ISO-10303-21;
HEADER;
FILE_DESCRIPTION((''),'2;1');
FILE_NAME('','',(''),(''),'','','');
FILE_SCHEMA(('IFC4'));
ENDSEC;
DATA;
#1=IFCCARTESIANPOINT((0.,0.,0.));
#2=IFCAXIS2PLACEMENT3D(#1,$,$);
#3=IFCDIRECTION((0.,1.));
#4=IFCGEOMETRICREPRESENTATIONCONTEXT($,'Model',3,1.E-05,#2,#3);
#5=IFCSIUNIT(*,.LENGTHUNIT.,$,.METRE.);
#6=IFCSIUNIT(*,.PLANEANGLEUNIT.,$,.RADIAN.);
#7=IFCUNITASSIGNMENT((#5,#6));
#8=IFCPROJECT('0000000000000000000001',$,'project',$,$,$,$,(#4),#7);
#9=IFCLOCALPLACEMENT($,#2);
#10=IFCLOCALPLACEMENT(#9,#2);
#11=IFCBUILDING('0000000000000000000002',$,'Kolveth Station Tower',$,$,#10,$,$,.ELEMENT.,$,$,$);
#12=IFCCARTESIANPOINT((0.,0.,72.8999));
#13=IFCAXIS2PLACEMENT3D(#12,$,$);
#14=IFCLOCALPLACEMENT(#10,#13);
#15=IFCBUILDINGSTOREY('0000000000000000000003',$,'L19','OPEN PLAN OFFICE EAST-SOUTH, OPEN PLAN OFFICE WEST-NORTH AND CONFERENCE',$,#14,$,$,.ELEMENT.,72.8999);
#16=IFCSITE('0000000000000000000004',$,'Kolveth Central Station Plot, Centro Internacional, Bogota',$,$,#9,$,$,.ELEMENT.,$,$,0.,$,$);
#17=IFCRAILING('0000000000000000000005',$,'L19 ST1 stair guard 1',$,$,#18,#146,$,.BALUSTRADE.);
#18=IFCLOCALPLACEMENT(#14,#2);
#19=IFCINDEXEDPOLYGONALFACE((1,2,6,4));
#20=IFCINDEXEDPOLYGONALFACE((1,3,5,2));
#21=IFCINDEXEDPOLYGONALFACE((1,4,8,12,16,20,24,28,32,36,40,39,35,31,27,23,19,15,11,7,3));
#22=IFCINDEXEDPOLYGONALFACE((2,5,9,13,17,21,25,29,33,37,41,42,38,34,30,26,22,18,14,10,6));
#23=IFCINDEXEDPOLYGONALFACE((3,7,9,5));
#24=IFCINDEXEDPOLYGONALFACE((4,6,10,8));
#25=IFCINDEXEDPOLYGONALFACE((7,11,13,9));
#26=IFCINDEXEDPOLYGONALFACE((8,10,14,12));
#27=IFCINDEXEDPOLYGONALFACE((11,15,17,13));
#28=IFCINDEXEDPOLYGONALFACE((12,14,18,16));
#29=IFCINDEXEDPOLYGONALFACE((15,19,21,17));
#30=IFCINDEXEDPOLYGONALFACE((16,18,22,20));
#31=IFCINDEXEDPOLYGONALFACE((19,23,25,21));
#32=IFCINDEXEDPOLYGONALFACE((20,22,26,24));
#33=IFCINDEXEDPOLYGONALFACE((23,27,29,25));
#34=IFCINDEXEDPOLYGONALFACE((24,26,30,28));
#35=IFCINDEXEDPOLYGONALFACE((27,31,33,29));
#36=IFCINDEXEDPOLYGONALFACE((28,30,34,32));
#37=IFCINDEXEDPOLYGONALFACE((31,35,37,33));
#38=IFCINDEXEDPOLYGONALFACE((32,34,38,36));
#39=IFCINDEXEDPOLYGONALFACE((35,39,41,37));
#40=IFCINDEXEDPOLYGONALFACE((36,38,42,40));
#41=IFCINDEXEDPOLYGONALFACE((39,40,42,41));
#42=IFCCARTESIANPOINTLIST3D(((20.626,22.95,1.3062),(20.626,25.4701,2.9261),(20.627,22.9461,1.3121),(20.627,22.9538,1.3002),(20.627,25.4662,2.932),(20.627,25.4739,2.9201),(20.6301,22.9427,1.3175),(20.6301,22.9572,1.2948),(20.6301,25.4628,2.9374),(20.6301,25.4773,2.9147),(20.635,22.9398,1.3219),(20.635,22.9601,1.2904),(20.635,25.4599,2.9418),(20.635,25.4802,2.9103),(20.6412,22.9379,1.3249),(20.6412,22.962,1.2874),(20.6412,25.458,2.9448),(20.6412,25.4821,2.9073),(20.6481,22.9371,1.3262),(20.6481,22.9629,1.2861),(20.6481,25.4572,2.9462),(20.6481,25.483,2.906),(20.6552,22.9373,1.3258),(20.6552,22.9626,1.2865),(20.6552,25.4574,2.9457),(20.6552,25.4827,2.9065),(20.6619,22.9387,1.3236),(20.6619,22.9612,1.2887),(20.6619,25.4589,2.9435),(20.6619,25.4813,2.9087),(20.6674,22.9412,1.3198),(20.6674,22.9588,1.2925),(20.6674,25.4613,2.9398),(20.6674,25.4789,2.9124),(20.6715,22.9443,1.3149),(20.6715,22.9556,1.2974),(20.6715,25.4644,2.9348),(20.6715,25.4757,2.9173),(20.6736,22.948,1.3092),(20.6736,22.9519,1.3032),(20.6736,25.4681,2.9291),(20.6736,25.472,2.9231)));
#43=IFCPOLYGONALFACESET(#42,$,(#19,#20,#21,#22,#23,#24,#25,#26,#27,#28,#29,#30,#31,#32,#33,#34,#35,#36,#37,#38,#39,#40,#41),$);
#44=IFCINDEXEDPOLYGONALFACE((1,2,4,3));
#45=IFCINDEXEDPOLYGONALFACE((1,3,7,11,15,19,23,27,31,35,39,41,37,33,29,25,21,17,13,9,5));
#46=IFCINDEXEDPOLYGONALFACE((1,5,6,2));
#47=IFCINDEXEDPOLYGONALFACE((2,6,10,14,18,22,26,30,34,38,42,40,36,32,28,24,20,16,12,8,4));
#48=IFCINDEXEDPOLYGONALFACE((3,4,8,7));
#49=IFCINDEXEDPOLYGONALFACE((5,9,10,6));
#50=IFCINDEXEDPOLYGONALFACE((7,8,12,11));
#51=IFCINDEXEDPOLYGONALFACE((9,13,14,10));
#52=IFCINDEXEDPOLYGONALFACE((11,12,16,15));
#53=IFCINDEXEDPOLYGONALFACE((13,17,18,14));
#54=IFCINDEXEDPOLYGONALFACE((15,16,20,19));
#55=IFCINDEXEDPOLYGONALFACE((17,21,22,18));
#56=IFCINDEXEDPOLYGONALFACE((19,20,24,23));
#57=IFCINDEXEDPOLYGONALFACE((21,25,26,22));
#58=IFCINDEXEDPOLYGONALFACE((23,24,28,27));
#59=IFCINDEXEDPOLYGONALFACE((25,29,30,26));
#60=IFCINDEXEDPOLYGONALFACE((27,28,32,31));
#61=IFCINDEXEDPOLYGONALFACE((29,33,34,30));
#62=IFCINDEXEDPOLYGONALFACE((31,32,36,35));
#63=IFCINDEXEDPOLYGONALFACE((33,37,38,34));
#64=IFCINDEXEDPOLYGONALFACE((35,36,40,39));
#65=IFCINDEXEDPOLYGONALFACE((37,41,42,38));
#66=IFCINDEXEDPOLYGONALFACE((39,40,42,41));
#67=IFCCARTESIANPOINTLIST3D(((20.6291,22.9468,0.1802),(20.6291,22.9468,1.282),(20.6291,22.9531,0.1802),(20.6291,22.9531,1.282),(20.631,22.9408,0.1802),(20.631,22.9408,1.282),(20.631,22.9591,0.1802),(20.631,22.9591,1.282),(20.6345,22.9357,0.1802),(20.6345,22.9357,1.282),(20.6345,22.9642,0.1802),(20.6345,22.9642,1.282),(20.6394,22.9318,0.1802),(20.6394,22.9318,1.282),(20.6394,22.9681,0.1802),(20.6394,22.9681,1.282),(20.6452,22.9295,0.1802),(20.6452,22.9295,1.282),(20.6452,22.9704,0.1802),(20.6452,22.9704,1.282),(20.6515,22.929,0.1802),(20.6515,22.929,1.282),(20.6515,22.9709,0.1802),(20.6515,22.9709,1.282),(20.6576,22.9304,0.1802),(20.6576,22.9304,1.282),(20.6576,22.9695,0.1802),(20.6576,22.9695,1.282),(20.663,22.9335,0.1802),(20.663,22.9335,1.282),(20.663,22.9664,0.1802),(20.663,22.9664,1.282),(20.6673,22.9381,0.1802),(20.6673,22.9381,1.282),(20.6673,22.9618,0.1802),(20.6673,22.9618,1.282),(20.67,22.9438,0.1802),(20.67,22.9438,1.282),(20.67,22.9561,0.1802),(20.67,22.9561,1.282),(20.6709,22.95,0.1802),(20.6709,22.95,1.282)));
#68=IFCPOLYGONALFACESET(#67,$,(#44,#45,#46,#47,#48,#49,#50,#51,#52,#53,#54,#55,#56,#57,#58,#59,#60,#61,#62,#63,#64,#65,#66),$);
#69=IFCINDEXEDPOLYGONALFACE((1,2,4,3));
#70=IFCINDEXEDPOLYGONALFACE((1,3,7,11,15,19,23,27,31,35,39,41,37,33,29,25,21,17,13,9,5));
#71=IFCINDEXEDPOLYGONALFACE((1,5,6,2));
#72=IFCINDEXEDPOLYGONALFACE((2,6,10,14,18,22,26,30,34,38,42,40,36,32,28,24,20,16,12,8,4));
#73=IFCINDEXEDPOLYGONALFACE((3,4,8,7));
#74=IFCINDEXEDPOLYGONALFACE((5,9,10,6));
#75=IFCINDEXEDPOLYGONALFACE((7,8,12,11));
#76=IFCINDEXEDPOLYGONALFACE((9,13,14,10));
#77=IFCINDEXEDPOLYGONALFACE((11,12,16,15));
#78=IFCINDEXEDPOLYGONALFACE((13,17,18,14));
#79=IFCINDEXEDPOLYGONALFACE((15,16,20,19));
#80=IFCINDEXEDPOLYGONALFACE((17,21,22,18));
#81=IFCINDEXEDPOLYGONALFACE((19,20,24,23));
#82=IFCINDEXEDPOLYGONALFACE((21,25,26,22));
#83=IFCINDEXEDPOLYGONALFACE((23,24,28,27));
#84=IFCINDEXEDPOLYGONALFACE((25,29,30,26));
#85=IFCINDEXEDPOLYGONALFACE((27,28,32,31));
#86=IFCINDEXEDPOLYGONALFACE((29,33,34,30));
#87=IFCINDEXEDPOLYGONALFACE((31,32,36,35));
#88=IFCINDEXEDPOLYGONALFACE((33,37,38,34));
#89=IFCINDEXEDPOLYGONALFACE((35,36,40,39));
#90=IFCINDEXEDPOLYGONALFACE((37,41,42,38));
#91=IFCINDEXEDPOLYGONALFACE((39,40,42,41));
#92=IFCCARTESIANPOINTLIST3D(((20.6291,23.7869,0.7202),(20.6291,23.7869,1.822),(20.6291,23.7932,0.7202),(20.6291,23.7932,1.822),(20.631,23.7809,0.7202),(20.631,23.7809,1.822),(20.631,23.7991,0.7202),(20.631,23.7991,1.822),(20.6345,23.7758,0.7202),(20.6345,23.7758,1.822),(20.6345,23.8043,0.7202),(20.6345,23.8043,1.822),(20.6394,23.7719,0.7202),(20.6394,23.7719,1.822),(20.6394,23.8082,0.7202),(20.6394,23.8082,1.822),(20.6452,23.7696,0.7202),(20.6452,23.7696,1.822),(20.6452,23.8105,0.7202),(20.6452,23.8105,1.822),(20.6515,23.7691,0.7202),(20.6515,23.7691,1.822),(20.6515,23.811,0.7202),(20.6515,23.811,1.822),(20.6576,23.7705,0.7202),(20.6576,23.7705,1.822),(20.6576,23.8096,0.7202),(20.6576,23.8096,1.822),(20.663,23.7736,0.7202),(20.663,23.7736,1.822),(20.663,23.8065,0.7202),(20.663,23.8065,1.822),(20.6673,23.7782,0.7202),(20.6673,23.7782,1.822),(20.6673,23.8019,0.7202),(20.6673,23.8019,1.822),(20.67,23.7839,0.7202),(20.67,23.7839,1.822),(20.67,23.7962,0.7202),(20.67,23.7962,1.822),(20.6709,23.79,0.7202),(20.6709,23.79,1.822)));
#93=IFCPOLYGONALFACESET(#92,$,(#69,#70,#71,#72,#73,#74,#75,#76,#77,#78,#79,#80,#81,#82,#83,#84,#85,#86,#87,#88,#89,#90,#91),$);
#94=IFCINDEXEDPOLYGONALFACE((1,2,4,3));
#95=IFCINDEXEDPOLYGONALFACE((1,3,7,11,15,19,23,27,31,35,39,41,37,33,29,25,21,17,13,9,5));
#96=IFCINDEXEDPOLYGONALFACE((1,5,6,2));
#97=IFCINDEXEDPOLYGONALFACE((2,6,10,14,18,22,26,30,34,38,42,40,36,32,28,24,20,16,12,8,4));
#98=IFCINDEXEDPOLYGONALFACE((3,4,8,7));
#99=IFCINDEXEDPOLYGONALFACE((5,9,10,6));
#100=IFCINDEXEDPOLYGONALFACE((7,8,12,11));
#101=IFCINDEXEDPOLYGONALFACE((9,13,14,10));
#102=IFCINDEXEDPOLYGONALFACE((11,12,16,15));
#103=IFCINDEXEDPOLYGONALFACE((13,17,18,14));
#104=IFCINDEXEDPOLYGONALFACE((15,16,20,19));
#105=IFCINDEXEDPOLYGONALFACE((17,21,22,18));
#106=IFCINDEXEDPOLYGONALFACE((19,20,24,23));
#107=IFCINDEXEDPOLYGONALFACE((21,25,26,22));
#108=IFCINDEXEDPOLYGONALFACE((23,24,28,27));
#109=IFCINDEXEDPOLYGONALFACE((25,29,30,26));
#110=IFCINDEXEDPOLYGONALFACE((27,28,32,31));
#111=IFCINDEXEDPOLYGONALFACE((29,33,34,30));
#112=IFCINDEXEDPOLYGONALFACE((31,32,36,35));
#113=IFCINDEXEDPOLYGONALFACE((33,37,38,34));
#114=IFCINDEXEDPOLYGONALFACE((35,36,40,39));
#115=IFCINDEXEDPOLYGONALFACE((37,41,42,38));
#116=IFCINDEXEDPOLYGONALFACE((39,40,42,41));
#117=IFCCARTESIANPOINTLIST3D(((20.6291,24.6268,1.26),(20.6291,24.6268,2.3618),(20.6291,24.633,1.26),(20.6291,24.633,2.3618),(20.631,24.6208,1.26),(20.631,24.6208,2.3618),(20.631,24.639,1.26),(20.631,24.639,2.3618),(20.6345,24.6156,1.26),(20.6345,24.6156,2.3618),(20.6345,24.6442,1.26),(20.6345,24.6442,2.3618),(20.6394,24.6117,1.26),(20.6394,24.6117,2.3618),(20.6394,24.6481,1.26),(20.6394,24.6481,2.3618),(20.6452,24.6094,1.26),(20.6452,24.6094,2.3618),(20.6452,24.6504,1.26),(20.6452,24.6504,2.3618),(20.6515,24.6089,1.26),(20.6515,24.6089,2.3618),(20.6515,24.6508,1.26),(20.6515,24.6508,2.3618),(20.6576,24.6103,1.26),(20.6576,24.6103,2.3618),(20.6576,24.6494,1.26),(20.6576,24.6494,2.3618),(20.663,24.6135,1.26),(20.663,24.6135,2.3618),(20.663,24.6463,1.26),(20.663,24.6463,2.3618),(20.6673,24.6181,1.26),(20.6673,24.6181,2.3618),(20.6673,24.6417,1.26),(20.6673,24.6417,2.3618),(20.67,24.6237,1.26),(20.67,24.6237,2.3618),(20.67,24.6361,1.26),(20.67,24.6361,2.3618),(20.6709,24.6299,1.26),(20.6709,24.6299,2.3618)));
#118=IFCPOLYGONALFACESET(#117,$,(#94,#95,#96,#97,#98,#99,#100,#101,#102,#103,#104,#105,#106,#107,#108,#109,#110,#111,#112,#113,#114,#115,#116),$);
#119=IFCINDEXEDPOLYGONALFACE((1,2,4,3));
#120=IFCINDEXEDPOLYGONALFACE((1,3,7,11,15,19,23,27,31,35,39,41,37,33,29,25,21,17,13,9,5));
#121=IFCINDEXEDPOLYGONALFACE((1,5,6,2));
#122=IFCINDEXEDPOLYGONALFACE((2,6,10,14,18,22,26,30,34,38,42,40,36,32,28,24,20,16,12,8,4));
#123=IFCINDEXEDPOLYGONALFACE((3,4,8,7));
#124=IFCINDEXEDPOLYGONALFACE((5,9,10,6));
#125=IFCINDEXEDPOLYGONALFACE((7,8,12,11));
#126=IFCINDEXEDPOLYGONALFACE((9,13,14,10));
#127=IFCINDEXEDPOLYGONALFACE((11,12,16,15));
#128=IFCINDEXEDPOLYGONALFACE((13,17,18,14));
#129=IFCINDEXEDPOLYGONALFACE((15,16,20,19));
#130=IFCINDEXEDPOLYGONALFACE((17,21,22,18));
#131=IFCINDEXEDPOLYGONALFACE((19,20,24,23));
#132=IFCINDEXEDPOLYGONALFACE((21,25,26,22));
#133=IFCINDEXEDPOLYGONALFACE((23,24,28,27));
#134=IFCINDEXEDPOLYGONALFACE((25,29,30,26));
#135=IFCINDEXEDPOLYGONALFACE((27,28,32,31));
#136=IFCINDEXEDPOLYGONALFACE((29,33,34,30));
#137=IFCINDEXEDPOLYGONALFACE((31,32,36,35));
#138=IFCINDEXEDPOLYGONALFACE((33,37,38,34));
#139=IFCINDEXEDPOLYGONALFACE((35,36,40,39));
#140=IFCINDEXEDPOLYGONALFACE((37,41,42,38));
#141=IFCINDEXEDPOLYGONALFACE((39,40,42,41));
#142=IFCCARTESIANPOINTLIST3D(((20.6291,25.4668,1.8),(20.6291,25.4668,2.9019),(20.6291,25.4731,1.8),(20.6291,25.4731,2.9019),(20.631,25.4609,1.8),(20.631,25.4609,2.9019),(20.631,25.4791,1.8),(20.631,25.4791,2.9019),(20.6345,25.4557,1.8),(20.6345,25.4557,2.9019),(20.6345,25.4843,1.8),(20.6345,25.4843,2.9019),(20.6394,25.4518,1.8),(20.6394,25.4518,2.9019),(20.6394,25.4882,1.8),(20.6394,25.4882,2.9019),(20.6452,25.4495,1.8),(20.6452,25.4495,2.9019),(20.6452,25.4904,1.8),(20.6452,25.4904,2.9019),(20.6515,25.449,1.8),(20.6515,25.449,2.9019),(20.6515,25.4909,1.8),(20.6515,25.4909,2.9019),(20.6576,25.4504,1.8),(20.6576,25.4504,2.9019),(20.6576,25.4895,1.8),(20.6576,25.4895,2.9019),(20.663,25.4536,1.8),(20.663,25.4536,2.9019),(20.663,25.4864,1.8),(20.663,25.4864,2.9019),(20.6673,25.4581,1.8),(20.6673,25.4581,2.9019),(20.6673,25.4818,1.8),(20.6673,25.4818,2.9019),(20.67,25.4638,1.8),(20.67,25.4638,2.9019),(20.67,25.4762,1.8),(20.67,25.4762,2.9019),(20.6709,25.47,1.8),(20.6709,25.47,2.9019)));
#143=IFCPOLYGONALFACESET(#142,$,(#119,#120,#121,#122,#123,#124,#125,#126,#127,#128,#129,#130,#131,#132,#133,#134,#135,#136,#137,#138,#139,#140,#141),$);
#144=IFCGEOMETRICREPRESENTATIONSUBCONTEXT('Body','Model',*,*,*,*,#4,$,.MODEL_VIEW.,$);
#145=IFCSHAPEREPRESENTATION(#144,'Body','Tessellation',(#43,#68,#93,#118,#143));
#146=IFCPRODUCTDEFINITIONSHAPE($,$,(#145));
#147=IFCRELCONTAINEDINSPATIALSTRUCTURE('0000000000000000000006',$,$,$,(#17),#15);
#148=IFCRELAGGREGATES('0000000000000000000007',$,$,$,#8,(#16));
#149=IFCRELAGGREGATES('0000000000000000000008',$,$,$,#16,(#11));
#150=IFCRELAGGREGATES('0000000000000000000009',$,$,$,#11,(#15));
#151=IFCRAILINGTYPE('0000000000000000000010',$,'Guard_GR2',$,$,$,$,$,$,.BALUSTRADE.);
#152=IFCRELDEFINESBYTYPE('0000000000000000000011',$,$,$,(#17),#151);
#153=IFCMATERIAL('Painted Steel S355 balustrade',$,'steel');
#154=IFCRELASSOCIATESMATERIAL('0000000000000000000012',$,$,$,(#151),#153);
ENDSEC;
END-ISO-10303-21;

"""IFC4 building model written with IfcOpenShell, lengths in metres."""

from ifc_helpers import new_model, si_unit, direction, frame, origin, origin_2d, place, context, subcontext, project, spatial, circle, extrude, material, type_object, element, save


model = new_model("IFC4")

# Units and contexts
model_context = context("Model", 3, precision=1e-05, world=origin(), true_north=direction((0.0, 1.0)))
body_context = subcontext(model_context, "Body", "Model", "MODEL_VIEW")
ifc_project = project(units=[si_unit("LENGTHUNIT", "METRE"), si_unit("PLANEANGLEUNIT", "RADIAN")], contexts=[model_context])

# Site, building, storey
site_placement = place(None, origin())
site = spatial("IfcSite", under=ifc_project, at=site_placement, Name="Kolveth Central Station Plot, Centro Internacional, Bogota", CompositionType="ELEMENT", RefElevation=0.0)
building_placement = place(site_placement, origin())
building = spatial("IfcBuilding", under=site, at=building_placement, Name="Kolveth Station Tower", CompositionType="ELEMENT")
storey_placement = place(building_placement, frame((0.0, 0.0, 72.8999)))
storey = spatial("IfcBuildingStorey", under=building, at=storey_placement, Name="L19", Description="OPEN PLAN OFFICE EAST-SOUTH, OPEN PLAN OFFICE WEST-NORTH AND CONFERENCE", CompositionType="ELEMENT", Elevation=72.8999)

# Railing
ifc_material_1 = material(Name="Painted Steel S355 balustrade", Category="steel")
railing_type_1 = type_object("IfcRailingType", Name="Guard_GR2", PredefinedType="BALUSTRADE", material=ifc_material_1)
railing_1_placement = place(storey_placement, frame((20.6499, 22.95, 0.1802)))
element("IfcRailing", 1, at=railing_1_placement, inside=storey, type_object=railing_type_1, Name="L19 ST1 stair guard 1", PredefinedType="BALUSTRADE", context=body_context, shape_type="SweptSolid", body=[
    extrude(circle(Radius=0.0239, at=origin_2d()), frame((0.0, 0.0, 1.126), z_axis=(0.0, 0.8412, 0.540725), x_axis=(-1.0, 0.0, 0.0)), (0.0, 0.0, 1.0), 2.9958),
    extrude(circle(Radius=0.021, at=origin_2d()), origin(), (0.0, 0.0, 1.0), 1.1018),
    extrude(circle(Radius=0.021, at=origin_2d()), frame((0.0, 0.8401, 0.54)), (0.0, 0.0, 1.0), 1.1018),
    extrude(circle(Radius=0.021, at=origin_2d()), frame((0.0, 1.6799, 1.0798)), (0.0, 0.0, 1.0), 1.1018),
    extrude(circle(Radius=0.021, at=origin_2d()), frame((0.0, 2.52, 1.6199)), (0.0, 0.0, 1.0), 1.1018),
])

save(model, "model.ifc")
